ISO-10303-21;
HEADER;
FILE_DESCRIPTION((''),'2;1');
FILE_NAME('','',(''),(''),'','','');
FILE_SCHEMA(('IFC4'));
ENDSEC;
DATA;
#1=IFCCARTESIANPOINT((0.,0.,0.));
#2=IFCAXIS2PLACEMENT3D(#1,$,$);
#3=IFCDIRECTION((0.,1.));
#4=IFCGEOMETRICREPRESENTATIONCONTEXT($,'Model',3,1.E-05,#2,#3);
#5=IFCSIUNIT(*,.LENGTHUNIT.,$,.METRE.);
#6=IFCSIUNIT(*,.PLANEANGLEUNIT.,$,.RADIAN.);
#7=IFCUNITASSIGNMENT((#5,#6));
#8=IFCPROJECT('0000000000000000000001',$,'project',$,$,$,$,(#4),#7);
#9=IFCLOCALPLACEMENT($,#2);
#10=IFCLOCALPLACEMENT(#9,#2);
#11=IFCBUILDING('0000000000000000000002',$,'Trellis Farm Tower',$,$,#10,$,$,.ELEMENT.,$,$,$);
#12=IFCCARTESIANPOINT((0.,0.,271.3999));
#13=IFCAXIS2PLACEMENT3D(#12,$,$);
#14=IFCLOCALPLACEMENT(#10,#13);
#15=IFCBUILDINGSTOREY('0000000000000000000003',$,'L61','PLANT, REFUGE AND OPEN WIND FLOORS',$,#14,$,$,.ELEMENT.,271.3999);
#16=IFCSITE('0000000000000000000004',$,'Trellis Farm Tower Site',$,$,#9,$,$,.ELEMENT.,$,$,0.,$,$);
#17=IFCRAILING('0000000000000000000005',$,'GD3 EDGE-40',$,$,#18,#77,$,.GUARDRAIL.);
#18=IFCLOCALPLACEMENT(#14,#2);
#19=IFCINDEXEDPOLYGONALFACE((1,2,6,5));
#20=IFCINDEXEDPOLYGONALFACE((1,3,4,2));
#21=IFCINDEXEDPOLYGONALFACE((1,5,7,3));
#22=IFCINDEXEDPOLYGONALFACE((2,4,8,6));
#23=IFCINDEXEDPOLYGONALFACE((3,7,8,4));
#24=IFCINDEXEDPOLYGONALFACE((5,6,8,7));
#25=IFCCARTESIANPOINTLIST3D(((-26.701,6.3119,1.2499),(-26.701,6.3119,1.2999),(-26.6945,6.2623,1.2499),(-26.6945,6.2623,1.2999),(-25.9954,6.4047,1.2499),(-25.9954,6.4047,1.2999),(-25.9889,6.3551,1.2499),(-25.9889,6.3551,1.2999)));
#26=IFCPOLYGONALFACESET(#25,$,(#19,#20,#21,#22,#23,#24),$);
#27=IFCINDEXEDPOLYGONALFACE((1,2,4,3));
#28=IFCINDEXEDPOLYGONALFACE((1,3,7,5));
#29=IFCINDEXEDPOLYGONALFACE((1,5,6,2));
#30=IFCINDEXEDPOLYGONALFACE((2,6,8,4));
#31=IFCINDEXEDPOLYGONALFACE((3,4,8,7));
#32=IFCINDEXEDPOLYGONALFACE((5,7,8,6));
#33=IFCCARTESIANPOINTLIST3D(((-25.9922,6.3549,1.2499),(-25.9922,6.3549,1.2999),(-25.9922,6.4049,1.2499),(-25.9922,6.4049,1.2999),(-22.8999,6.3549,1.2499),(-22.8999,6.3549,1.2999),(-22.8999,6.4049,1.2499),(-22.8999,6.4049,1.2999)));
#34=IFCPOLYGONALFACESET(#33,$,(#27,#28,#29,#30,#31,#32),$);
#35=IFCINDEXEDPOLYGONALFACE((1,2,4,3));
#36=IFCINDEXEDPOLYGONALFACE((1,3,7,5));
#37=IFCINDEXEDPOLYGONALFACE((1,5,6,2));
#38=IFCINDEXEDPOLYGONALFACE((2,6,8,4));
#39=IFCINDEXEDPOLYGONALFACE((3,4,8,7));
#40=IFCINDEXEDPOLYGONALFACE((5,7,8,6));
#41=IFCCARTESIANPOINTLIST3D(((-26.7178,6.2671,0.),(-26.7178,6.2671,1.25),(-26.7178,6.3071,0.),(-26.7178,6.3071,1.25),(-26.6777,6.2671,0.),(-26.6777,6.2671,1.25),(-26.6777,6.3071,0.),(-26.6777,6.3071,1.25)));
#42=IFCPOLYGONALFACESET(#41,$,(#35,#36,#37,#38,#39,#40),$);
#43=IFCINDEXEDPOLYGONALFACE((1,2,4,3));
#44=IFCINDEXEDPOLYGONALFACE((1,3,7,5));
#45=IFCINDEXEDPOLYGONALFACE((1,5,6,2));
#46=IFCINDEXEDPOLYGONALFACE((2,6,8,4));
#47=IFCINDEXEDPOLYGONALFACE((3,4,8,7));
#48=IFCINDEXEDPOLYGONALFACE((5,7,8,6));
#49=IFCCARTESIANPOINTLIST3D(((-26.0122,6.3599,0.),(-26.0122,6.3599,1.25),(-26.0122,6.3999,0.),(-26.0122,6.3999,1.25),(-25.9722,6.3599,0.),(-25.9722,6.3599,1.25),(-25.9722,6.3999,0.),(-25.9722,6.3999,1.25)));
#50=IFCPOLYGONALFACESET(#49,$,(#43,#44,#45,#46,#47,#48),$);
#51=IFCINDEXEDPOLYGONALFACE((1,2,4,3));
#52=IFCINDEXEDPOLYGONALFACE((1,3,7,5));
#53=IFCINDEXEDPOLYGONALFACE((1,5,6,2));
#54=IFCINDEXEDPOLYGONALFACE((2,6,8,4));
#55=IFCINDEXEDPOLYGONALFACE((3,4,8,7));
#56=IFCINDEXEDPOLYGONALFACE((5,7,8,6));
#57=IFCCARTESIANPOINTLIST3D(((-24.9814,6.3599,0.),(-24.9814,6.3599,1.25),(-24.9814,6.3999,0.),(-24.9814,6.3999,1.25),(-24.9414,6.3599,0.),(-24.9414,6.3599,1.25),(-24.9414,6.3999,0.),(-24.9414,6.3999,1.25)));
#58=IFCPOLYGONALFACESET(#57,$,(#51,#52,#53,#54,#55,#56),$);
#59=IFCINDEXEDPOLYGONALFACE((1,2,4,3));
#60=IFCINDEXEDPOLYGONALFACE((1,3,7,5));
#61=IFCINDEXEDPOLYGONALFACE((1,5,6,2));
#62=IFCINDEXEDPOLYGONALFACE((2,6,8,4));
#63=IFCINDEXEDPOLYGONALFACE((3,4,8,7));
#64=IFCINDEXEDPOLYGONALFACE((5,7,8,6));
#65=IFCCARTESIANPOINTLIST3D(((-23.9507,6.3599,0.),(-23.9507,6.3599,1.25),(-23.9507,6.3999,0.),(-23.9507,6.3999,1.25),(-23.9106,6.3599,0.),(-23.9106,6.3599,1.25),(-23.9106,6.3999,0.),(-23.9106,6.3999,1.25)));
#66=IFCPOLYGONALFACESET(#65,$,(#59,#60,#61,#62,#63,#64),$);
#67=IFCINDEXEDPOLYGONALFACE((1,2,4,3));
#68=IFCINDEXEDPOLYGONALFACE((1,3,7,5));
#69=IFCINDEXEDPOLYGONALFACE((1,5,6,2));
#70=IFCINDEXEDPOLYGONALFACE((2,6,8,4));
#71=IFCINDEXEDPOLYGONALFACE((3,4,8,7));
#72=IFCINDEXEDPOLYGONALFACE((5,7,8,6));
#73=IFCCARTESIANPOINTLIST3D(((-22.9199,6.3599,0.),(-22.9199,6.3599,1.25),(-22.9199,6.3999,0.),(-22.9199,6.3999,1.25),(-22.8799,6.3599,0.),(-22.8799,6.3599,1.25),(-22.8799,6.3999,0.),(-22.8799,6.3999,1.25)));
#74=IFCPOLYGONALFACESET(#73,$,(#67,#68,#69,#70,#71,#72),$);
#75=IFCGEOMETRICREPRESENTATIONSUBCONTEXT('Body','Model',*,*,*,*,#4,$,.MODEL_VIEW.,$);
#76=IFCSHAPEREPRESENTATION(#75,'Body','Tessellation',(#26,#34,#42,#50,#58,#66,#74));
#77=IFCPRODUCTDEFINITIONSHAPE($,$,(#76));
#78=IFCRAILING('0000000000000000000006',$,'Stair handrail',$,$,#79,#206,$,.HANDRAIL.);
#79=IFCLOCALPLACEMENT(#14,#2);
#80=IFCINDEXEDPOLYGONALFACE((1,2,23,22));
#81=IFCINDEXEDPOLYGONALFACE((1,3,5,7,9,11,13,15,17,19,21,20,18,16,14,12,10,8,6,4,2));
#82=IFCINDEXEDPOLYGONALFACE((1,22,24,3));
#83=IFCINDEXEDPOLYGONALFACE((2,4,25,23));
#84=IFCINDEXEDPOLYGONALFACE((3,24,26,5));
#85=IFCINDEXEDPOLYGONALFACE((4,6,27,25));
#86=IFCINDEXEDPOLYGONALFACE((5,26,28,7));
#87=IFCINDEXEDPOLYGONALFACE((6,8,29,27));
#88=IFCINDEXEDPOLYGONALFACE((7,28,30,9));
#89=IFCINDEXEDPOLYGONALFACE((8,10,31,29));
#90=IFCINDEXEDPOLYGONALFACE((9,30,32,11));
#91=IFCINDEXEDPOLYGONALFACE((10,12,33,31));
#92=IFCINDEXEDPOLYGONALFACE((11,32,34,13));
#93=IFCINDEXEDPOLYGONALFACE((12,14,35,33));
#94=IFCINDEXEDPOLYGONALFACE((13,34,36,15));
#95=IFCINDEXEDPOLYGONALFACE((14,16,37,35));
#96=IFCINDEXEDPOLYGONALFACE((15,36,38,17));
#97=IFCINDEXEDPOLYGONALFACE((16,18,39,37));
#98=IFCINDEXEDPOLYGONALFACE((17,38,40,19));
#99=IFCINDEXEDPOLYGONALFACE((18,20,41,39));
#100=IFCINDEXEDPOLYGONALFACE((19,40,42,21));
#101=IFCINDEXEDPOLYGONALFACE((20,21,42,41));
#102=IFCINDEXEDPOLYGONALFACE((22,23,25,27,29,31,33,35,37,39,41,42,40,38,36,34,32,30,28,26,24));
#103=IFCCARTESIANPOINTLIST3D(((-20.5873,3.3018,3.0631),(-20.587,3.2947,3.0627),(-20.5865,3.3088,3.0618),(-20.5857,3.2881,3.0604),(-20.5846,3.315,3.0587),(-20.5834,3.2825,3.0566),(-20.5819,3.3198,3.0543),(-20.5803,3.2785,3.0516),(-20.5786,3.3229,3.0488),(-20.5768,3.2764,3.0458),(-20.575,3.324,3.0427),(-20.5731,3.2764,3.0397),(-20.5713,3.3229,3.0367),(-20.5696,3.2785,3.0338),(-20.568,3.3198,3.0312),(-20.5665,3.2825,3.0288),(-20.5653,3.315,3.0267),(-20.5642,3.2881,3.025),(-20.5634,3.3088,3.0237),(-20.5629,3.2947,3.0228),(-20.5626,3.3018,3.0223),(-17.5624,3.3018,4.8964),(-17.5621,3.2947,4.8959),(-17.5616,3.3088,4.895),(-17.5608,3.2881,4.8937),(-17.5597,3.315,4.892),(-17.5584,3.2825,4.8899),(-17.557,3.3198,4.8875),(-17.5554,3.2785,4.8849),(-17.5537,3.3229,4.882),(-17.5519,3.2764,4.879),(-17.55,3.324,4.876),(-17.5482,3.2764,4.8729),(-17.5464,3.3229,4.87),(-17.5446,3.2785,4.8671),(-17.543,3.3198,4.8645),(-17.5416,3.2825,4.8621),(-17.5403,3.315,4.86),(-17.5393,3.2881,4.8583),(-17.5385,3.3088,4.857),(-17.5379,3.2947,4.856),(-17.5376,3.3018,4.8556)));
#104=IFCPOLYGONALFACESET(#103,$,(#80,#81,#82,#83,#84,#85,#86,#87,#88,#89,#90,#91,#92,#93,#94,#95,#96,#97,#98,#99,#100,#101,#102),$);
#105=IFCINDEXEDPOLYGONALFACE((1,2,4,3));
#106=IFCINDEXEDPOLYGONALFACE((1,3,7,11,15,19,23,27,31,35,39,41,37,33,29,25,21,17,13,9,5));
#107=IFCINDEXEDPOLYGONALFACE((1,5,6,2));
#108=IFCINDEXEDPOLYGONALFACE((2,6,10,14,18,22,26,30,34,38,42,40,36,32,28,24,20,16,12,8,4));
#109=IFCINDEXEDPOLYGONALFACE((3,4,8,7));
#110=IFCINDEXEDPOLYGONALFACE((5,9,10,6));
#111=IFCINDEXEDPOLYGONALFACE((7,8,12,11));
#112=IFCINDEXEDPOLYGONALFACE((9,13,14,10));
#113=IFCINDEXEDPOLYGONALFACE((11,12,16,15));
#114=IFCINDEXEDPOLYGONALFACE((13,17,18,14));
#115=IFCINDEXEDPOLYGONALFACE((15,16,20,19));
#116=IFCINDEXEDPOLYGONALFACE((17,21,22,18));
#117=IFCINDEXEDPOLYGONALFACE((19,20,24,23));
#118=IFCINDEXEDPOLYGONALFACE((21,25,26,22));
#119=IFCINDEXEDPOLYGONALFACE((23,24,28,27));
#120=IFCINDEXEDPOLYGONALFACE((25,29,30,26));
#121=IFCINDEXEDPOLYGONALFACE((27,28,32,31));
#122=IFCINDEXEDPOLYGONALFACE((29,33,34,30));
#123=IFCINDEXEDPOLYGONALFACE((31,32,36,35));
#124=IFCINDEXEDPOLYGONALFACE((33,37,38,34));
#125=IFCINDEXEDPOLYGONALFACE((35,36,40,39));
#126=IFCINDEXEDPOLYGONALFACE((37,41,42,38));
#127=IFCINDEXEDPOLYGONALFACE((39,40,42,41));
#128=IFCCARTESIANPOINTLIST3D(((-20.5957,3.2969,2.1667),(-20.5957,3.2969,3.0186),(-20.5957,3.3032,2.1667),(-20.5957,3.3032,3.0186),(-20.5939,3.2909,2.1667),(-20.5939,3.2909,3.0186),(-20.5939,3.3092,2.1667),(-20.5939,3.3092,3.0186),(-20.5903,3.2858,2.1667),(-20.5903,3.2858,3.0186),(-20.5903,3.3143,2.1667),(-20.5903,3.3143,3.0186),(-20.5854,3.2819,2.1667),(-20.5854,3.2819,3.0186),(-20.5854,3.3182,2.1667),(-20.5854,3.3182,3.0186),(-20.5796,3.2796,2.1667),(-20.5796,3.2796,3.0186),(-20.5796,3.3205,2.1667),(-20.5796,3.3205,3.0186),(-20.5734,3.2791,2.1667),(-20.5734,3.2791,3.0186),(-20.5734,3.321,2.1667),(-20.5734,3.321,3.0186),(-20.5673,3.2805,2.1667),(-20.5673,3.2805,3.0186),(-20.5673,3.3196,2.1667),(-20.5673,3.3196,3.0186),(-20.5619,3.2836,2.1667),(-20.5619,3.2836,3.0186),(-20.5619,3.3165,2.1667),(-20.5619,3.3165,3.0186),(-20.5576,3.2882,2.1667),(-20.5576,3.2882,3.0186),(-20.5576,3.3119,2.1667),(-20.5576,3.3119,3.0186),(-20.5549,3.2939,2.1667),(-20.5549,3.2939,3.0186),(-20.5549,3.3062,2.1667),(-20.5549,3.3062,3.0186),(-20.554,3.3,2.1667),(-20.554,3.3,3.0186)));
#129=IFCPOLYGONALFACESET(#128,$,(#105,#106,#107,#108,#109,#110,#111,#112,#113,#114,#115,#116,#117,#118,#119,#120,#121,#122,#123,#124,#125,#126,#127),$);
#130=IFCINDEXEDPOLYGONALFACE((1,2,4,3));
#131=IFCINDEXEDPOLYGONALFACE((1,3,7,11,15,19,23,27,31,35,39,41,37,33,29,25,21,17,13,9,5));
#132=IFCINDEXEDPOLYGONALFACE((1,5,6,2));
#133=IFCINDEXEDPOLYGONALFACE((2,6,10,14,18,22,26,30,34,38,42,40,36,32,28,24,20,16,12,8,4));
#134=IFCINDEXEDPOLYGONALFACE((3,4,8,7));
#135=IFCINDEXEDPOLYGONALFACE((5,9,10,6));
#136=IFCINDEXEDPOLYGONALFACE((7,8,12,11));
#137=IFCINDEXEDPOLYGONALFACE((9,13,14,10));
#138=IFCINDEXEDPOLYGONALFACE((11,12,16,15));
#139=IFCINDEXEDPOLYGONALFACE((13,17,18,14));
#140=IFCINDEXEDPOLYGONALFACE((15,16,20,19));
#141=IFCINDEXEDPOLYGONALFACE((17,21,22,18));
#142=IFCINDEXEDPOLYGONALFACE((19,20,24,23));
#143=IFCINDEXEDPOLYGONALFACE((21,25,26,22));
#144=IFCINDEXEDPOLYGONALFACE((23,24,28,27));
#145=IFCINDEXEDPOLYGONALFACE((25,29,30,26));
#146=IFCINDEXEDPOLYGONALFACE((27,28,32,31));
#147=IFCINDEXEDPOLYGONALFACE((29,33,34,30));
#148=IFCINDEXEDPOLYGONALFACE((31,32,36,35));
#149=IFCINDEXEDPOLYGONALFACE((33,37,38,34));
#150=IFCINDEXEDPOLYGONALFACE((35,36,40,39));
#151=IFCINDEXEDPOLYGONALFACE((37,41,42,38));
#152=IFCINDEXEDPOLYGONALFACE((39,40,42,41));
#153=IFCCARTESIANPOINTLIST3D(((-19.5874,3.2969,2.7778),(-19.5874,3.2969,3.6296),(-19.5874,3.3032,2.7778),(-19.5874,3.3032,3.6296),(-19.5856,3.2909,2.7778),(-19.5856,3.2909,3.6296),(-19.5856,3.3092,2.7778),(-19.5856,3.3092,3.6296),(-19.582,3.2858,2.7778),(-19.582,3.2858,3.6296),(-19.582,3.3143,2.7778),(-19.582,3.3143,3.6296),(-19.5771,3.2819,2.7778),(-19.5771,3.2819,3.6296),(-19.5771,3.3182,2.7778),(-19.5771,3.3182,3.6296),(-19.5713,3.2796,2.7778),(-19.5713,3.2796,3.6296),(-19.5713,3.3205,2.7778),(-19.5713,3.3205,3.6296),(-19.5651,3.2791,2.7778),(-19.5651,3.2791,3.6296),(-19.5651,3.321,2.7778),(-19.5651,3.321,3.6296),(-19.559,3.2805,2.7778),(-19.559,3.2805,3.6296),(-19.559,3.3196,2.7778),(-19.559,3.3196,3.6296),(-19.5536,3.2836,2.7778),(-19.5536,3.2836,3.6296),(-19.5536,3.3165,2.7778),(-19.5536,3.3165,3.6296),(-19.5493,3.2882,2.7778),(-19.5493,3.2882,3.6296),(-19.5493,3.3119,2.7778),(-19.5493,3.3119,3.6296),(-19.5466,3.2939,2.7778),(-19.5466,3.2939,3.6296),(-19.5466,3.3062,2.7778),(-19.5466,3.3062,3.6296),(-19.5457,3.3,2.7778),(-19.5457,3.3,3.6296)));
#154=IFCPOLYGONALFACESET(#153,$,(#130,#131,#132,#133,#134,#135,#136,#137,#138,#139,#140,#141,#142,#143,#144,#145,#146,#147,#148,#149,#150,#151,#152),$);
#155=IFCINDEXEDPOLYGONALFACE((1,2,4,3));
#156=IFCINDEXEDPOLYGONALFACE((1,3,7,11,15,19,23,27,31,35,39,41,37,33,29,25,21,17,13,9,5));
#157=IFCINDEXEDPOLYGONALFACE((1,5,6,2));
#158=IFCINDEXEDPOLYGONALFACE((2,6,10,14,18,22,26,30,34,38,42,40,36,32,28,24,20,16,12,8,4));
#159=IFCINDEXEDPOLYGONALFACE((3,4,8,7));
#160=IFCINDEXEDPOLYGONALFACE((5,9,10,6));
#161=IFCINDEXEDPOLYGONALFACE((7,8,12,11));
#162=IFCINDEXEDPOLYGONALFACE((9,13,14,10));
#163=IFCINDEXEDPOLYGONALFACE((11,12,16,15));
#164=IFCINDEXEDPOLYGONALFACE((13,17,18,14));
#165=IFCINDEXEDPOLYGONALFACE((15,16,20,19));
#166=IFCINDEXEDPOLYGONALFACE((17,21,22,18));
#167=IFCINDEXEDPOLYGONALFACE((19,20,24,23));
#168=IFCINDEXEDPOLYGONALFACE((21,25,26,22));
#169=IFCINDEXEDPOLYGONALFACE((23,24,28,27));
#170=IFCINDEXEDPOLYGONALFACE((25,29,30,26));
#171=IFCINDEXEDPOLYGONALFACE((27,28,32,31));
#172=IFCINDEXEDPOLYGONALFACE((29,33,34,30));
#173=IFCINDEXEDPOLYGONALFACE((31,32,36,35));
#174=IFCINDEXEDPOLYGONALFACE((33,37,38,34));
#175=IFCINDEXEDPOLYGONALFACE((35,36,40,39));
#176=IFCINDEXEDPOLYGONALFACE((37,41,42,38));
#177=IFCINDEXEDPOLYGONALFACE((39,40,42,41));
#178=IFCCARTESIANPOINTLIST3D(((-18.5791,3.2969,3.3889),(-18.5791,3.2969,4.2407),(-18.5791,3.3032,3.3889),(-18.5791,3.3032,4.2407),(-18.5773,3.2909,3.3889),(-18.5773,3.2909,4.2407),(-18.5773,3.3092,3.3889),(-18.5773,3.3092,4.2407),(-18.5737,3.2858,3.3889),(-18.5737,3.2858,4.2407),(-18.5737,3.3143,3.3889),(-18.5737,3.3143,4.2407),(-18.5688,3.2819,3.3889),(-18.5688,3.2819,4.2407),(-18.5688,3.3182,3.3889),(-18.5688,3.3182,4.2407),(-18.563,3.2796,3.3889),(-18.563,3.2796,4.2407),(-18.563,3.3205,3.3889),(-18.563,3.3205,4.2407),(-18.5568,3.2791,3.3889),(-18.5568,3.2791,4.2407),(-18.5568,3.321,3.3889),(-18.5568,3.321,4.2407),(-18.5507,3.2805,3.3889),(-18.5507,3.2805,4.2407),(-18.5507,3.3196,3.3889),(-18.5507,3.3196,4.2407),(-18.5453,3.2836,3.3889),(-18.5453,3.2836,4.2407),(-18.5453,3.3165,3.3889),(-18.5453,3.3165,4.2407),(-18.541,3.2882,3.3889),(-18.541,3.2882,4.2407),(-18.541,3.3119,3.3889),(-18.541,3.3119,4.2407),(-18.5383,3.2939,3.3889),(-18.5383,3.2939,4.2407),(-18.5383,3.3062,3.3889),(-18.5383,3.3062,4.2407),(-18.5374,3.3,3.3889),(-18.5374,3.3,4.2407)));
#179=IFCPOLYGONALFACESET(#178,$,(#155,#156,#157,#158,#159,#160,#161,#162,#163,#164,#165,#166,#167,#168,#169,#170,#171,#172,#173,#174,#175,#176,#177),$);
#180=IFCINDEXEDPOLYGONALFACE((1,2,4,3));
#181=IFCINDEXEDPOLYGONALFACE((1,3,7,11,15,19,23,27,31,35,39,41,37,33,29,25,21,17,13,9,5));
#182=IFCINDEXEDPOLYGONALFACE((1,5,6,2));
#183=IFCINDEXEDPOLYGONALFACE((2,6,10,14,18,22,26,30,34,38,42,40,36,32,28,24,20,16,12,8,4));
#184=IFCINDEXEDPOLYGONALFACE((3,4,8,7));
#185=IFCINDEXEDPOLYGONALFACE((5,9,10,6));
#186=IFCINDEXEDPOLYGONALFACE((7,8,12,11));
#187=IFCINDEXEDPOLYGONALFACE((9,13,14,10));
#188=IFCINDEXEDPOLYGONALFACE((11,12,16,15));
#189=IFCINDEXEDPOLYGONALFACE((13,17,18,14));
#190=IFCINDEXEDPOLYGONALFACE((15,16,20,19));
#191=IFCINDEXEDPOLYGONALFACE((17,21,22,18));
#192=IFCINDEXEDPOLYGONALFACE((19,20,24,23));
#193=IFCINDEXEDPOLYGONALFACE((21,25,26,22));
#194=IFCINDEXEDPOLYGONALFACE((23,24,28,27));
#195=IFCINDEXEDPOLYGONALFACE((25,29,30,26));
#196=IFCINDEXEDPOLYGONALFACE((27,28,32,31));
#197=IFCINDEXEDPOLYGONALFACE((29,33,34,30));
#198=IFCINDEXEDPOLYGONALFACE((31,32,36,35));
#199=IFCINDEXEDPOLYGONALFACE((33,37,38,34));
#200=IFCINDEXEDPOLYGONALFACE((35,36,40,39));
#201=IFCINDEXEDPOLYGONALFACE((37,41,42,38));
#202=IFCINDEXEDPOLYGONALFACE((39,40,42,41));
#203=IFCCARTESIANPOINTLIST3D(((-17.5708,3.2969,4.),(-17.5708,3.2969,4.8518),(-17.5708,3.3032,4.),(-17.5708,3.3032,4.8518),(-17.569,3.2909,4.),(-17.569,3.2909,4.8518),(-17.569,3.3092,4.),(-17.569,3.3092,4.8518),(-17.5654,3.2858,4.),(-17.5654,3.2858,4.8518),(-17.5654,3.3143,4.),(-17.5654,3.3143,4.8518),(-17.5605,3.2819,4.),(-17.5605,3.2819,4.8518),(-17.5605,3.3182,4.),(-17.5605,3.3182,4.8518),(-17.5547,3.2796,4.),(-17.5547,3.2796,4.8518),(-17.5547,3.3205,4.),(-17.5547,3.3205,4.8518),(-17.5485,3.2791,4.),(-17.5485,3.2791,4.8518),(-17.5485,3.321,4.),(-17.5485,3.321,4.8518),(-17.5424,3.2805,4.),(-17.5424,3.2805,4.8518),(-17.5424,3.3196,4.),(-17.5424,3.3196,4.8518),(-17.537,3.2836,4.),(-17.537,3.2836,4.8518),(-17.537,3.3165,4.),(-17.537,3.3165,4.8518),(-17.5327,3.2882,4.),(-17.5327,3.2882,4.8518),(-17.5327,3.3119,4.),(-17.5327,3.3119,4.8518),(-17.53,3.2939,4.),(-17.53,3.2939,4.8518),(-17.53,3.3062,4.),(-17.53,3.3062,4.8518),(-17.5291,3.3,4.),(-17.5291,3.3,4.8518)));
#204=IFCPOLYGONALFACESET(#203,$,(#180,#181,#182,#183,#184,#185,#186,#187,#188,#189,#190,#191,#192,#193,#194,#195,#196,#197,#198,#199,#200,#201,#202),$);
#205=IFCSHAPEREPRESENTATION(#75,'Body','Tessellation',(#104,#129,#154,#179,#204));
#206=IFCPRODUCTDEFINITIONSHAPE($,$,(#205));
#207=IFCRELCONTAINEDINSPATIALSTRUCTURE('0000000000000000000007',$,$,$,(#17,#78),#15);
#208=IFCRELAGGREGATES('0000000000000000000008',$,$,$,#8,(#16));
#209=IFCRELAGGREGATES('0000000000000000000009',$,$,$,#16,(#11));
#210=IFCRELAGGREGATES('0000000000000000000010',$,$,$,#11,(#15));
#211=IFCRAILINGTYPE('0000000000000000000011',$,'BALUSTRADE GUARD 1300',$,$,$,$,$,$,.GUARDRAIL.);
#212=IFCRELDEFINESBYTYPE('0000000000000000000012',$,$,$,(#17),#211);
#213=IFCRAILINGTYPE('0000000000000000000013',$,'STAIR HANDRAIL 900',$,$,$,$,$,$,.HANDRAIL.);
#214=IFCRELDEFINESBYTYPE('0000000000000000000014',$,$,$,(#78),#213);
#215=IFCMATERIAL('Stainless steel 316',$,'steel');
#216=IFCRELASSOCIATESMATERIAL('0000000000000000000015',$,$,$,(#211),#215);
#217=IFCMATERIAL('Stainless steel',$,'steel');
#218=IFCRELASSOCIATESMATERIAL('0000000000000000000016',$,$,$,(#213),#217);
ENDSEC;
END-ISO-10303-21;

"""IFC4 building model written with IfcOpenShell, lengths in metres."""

from ifc_helpers import new_model, si_unit, direction, frame, origin, origin_2d, place, context, subcontext, project, spatial, rectangle, circle, extrude, source, transform, mapped, material, type_object, element, save


model = new_model("IFC4")

# Units and contexts
model_context = context("Model", 3, precision=1e-05, world=origin(), true_north=direction((0.0, 1.0)))
body_context = subcontext(model_context, "Body", "Model", "MODEL_VIEW")
ifc_project = project(units=[si_unit("LENGTHUNIT", "METRE"), si_unit("PLANEANGLEUNIT", "RADIAN")], contexts=[model_context])

# Site, building, storey
site_placement = place(None, origin())
site = spatial("IfcSite", under=ifc_project, at=site_placement, Name="Trellis Farm Tower Site", CompositionType="ELEMENT", RefElevation=0.0)
building_placement = place(site_placement, origin())
building = spatial("IfcBuilding", under=site, at=building_placement, Name="Trellis Farm Tower", CompositionType="ELEMENT")
storey_placement = place(building_placement, frame((0.0, 0.0, 271.3999)))
storey = spatial("IfcBuildingStorey", under=building, at=storey_placement, Name="L61", Description="PLANT, REFUGE AND OPEN WIND FLOORS", CompositionType="ELEMENT", Elevation=271.3999)

# Railings
ifc_material_1 = material(Name="Stainless steel 316", Category="steel")
railing_type_1 = type_object("IfcRailingType", Name="BALUSTRADE GUARD 1300", PredefinedType="GUARDRAIL", material=ifc_material_1)
railing_1_placement = place(storey_placement, frame((-26.6978, 6.2871, 0.0)))
element("IfcRailing", 1, at=railing_1_placement, inside=storey, type_object=railing_type_1, Name="GD3 EDGE-40", PredefinedType="GUARDRAIL", context=body_context, shape_type="SweptSolid", body=[
    extrude(rectangle(XDim=0.05, YDim=0.05, at=origin_2d()), frame((0.0, 0.0, 1.2749), z_axis=(0.991466, 0.130366, 0.0), x_axis=(-0.130366, 0.991466, 0.0)), (0.0, 0.0, 1.0), 0.7117),
    extrude(rectangle(XDim=0.05, YDim=0.05, at=origin_2d()), frame((0.7056, 0.0928, 1.2749), z_axis=(1.0, 0.0, 0.0), x_axis=(0.0, 1.0, 0.0)), (0.0, 0.0, 1.0), 3.0923),
    extrude(rectangle(XDim=0.04, YDim=0.04, at=origin_2d()), origin(), (0.0, 0.0, 1.0), 1.25),
    extrude(rectangle(XDim=0.04, YDim=0.04, at=origin_2d()), frame((0.7056, 0.0928, 0.0)), (0.0, 0.0, 1.0), 1.25),
    extrude(rectangle(XDim=0.04, YDim=0.04, at=origin_2d()), frame((1.7363, 0.0928, 0.0)), (0.0, 0.0, 1.0), 1.25),
    extrude(rectangle(XDim=0.04, YDim=0.04, at=origin_2d()), frame((2.7671, 0.0928, 0.0)), (0.0, 0.0, 1.0), 1.25),
    extrude(rectangle(XDim=0.04, YDim=0.04, at=origin_2d()), frame((3.7979, 0.0928, 0.0)), (0.0, 0.0, 1.0), 1.25),
])
ifc_material_2 = material(Name="Stainless steel", Category="steel")
railing_type_2 = type_object("IfcRailingType", Name="STAIR HANDRAIL 900", PredefinedType="HANDRAIL", material=ifc_material_2)
shared_shape_1 = source(origin(), body_context, "Body", "SweptSolid", [
    extrude(circle(Radius=0.0239, at=origin_2d()), frame((0.0, 0.0, 0.876), z_axis=(0.855201, 0.0, 0.518297), x_axis=(0.0, 1.0, 0.0)), (0.0, 0.0, 1.0), 3.5371),
    extrude(circle(Radius=0.021, at=origin_2d()), origin(), (0.0, 0.0, 1.0), 0.8518),
    extrude(circle(Radius=0.021, at=origin_2d()), frame((1.0083, 0.0, 0.6111)), (0.0, 0.0, 1.0), 0.8518),
    extrude(circle(Radius=0.021, at=origin_2d()), frame((2.0166, 0.0, 1.2222)), (0.0, 0.0, 1.0), 0.8518),
    extrude(circle(Radius=0.021, at=origin_2d()), frame((3.0249, 0.0, 1.8333)), (0.0, 0.0, 1.0), 0.8518),
])
for number, where, name in (
    (2, (-20.575, 3.3, 2.1667), "Stair handrail"),
):
    element("IfcRailing", number, at=place(storey_placement, frame(where)), inside=storey, type_object=railing_type_2, Name=name, PredefinedType="HANDRAIL", context=body_context, shape_type="MappedRepresentation", body=[
        mapped(shared_shape_1, transform((0.0, 0.0, 0.0))),
    ])

save(model, "model.ifc")
